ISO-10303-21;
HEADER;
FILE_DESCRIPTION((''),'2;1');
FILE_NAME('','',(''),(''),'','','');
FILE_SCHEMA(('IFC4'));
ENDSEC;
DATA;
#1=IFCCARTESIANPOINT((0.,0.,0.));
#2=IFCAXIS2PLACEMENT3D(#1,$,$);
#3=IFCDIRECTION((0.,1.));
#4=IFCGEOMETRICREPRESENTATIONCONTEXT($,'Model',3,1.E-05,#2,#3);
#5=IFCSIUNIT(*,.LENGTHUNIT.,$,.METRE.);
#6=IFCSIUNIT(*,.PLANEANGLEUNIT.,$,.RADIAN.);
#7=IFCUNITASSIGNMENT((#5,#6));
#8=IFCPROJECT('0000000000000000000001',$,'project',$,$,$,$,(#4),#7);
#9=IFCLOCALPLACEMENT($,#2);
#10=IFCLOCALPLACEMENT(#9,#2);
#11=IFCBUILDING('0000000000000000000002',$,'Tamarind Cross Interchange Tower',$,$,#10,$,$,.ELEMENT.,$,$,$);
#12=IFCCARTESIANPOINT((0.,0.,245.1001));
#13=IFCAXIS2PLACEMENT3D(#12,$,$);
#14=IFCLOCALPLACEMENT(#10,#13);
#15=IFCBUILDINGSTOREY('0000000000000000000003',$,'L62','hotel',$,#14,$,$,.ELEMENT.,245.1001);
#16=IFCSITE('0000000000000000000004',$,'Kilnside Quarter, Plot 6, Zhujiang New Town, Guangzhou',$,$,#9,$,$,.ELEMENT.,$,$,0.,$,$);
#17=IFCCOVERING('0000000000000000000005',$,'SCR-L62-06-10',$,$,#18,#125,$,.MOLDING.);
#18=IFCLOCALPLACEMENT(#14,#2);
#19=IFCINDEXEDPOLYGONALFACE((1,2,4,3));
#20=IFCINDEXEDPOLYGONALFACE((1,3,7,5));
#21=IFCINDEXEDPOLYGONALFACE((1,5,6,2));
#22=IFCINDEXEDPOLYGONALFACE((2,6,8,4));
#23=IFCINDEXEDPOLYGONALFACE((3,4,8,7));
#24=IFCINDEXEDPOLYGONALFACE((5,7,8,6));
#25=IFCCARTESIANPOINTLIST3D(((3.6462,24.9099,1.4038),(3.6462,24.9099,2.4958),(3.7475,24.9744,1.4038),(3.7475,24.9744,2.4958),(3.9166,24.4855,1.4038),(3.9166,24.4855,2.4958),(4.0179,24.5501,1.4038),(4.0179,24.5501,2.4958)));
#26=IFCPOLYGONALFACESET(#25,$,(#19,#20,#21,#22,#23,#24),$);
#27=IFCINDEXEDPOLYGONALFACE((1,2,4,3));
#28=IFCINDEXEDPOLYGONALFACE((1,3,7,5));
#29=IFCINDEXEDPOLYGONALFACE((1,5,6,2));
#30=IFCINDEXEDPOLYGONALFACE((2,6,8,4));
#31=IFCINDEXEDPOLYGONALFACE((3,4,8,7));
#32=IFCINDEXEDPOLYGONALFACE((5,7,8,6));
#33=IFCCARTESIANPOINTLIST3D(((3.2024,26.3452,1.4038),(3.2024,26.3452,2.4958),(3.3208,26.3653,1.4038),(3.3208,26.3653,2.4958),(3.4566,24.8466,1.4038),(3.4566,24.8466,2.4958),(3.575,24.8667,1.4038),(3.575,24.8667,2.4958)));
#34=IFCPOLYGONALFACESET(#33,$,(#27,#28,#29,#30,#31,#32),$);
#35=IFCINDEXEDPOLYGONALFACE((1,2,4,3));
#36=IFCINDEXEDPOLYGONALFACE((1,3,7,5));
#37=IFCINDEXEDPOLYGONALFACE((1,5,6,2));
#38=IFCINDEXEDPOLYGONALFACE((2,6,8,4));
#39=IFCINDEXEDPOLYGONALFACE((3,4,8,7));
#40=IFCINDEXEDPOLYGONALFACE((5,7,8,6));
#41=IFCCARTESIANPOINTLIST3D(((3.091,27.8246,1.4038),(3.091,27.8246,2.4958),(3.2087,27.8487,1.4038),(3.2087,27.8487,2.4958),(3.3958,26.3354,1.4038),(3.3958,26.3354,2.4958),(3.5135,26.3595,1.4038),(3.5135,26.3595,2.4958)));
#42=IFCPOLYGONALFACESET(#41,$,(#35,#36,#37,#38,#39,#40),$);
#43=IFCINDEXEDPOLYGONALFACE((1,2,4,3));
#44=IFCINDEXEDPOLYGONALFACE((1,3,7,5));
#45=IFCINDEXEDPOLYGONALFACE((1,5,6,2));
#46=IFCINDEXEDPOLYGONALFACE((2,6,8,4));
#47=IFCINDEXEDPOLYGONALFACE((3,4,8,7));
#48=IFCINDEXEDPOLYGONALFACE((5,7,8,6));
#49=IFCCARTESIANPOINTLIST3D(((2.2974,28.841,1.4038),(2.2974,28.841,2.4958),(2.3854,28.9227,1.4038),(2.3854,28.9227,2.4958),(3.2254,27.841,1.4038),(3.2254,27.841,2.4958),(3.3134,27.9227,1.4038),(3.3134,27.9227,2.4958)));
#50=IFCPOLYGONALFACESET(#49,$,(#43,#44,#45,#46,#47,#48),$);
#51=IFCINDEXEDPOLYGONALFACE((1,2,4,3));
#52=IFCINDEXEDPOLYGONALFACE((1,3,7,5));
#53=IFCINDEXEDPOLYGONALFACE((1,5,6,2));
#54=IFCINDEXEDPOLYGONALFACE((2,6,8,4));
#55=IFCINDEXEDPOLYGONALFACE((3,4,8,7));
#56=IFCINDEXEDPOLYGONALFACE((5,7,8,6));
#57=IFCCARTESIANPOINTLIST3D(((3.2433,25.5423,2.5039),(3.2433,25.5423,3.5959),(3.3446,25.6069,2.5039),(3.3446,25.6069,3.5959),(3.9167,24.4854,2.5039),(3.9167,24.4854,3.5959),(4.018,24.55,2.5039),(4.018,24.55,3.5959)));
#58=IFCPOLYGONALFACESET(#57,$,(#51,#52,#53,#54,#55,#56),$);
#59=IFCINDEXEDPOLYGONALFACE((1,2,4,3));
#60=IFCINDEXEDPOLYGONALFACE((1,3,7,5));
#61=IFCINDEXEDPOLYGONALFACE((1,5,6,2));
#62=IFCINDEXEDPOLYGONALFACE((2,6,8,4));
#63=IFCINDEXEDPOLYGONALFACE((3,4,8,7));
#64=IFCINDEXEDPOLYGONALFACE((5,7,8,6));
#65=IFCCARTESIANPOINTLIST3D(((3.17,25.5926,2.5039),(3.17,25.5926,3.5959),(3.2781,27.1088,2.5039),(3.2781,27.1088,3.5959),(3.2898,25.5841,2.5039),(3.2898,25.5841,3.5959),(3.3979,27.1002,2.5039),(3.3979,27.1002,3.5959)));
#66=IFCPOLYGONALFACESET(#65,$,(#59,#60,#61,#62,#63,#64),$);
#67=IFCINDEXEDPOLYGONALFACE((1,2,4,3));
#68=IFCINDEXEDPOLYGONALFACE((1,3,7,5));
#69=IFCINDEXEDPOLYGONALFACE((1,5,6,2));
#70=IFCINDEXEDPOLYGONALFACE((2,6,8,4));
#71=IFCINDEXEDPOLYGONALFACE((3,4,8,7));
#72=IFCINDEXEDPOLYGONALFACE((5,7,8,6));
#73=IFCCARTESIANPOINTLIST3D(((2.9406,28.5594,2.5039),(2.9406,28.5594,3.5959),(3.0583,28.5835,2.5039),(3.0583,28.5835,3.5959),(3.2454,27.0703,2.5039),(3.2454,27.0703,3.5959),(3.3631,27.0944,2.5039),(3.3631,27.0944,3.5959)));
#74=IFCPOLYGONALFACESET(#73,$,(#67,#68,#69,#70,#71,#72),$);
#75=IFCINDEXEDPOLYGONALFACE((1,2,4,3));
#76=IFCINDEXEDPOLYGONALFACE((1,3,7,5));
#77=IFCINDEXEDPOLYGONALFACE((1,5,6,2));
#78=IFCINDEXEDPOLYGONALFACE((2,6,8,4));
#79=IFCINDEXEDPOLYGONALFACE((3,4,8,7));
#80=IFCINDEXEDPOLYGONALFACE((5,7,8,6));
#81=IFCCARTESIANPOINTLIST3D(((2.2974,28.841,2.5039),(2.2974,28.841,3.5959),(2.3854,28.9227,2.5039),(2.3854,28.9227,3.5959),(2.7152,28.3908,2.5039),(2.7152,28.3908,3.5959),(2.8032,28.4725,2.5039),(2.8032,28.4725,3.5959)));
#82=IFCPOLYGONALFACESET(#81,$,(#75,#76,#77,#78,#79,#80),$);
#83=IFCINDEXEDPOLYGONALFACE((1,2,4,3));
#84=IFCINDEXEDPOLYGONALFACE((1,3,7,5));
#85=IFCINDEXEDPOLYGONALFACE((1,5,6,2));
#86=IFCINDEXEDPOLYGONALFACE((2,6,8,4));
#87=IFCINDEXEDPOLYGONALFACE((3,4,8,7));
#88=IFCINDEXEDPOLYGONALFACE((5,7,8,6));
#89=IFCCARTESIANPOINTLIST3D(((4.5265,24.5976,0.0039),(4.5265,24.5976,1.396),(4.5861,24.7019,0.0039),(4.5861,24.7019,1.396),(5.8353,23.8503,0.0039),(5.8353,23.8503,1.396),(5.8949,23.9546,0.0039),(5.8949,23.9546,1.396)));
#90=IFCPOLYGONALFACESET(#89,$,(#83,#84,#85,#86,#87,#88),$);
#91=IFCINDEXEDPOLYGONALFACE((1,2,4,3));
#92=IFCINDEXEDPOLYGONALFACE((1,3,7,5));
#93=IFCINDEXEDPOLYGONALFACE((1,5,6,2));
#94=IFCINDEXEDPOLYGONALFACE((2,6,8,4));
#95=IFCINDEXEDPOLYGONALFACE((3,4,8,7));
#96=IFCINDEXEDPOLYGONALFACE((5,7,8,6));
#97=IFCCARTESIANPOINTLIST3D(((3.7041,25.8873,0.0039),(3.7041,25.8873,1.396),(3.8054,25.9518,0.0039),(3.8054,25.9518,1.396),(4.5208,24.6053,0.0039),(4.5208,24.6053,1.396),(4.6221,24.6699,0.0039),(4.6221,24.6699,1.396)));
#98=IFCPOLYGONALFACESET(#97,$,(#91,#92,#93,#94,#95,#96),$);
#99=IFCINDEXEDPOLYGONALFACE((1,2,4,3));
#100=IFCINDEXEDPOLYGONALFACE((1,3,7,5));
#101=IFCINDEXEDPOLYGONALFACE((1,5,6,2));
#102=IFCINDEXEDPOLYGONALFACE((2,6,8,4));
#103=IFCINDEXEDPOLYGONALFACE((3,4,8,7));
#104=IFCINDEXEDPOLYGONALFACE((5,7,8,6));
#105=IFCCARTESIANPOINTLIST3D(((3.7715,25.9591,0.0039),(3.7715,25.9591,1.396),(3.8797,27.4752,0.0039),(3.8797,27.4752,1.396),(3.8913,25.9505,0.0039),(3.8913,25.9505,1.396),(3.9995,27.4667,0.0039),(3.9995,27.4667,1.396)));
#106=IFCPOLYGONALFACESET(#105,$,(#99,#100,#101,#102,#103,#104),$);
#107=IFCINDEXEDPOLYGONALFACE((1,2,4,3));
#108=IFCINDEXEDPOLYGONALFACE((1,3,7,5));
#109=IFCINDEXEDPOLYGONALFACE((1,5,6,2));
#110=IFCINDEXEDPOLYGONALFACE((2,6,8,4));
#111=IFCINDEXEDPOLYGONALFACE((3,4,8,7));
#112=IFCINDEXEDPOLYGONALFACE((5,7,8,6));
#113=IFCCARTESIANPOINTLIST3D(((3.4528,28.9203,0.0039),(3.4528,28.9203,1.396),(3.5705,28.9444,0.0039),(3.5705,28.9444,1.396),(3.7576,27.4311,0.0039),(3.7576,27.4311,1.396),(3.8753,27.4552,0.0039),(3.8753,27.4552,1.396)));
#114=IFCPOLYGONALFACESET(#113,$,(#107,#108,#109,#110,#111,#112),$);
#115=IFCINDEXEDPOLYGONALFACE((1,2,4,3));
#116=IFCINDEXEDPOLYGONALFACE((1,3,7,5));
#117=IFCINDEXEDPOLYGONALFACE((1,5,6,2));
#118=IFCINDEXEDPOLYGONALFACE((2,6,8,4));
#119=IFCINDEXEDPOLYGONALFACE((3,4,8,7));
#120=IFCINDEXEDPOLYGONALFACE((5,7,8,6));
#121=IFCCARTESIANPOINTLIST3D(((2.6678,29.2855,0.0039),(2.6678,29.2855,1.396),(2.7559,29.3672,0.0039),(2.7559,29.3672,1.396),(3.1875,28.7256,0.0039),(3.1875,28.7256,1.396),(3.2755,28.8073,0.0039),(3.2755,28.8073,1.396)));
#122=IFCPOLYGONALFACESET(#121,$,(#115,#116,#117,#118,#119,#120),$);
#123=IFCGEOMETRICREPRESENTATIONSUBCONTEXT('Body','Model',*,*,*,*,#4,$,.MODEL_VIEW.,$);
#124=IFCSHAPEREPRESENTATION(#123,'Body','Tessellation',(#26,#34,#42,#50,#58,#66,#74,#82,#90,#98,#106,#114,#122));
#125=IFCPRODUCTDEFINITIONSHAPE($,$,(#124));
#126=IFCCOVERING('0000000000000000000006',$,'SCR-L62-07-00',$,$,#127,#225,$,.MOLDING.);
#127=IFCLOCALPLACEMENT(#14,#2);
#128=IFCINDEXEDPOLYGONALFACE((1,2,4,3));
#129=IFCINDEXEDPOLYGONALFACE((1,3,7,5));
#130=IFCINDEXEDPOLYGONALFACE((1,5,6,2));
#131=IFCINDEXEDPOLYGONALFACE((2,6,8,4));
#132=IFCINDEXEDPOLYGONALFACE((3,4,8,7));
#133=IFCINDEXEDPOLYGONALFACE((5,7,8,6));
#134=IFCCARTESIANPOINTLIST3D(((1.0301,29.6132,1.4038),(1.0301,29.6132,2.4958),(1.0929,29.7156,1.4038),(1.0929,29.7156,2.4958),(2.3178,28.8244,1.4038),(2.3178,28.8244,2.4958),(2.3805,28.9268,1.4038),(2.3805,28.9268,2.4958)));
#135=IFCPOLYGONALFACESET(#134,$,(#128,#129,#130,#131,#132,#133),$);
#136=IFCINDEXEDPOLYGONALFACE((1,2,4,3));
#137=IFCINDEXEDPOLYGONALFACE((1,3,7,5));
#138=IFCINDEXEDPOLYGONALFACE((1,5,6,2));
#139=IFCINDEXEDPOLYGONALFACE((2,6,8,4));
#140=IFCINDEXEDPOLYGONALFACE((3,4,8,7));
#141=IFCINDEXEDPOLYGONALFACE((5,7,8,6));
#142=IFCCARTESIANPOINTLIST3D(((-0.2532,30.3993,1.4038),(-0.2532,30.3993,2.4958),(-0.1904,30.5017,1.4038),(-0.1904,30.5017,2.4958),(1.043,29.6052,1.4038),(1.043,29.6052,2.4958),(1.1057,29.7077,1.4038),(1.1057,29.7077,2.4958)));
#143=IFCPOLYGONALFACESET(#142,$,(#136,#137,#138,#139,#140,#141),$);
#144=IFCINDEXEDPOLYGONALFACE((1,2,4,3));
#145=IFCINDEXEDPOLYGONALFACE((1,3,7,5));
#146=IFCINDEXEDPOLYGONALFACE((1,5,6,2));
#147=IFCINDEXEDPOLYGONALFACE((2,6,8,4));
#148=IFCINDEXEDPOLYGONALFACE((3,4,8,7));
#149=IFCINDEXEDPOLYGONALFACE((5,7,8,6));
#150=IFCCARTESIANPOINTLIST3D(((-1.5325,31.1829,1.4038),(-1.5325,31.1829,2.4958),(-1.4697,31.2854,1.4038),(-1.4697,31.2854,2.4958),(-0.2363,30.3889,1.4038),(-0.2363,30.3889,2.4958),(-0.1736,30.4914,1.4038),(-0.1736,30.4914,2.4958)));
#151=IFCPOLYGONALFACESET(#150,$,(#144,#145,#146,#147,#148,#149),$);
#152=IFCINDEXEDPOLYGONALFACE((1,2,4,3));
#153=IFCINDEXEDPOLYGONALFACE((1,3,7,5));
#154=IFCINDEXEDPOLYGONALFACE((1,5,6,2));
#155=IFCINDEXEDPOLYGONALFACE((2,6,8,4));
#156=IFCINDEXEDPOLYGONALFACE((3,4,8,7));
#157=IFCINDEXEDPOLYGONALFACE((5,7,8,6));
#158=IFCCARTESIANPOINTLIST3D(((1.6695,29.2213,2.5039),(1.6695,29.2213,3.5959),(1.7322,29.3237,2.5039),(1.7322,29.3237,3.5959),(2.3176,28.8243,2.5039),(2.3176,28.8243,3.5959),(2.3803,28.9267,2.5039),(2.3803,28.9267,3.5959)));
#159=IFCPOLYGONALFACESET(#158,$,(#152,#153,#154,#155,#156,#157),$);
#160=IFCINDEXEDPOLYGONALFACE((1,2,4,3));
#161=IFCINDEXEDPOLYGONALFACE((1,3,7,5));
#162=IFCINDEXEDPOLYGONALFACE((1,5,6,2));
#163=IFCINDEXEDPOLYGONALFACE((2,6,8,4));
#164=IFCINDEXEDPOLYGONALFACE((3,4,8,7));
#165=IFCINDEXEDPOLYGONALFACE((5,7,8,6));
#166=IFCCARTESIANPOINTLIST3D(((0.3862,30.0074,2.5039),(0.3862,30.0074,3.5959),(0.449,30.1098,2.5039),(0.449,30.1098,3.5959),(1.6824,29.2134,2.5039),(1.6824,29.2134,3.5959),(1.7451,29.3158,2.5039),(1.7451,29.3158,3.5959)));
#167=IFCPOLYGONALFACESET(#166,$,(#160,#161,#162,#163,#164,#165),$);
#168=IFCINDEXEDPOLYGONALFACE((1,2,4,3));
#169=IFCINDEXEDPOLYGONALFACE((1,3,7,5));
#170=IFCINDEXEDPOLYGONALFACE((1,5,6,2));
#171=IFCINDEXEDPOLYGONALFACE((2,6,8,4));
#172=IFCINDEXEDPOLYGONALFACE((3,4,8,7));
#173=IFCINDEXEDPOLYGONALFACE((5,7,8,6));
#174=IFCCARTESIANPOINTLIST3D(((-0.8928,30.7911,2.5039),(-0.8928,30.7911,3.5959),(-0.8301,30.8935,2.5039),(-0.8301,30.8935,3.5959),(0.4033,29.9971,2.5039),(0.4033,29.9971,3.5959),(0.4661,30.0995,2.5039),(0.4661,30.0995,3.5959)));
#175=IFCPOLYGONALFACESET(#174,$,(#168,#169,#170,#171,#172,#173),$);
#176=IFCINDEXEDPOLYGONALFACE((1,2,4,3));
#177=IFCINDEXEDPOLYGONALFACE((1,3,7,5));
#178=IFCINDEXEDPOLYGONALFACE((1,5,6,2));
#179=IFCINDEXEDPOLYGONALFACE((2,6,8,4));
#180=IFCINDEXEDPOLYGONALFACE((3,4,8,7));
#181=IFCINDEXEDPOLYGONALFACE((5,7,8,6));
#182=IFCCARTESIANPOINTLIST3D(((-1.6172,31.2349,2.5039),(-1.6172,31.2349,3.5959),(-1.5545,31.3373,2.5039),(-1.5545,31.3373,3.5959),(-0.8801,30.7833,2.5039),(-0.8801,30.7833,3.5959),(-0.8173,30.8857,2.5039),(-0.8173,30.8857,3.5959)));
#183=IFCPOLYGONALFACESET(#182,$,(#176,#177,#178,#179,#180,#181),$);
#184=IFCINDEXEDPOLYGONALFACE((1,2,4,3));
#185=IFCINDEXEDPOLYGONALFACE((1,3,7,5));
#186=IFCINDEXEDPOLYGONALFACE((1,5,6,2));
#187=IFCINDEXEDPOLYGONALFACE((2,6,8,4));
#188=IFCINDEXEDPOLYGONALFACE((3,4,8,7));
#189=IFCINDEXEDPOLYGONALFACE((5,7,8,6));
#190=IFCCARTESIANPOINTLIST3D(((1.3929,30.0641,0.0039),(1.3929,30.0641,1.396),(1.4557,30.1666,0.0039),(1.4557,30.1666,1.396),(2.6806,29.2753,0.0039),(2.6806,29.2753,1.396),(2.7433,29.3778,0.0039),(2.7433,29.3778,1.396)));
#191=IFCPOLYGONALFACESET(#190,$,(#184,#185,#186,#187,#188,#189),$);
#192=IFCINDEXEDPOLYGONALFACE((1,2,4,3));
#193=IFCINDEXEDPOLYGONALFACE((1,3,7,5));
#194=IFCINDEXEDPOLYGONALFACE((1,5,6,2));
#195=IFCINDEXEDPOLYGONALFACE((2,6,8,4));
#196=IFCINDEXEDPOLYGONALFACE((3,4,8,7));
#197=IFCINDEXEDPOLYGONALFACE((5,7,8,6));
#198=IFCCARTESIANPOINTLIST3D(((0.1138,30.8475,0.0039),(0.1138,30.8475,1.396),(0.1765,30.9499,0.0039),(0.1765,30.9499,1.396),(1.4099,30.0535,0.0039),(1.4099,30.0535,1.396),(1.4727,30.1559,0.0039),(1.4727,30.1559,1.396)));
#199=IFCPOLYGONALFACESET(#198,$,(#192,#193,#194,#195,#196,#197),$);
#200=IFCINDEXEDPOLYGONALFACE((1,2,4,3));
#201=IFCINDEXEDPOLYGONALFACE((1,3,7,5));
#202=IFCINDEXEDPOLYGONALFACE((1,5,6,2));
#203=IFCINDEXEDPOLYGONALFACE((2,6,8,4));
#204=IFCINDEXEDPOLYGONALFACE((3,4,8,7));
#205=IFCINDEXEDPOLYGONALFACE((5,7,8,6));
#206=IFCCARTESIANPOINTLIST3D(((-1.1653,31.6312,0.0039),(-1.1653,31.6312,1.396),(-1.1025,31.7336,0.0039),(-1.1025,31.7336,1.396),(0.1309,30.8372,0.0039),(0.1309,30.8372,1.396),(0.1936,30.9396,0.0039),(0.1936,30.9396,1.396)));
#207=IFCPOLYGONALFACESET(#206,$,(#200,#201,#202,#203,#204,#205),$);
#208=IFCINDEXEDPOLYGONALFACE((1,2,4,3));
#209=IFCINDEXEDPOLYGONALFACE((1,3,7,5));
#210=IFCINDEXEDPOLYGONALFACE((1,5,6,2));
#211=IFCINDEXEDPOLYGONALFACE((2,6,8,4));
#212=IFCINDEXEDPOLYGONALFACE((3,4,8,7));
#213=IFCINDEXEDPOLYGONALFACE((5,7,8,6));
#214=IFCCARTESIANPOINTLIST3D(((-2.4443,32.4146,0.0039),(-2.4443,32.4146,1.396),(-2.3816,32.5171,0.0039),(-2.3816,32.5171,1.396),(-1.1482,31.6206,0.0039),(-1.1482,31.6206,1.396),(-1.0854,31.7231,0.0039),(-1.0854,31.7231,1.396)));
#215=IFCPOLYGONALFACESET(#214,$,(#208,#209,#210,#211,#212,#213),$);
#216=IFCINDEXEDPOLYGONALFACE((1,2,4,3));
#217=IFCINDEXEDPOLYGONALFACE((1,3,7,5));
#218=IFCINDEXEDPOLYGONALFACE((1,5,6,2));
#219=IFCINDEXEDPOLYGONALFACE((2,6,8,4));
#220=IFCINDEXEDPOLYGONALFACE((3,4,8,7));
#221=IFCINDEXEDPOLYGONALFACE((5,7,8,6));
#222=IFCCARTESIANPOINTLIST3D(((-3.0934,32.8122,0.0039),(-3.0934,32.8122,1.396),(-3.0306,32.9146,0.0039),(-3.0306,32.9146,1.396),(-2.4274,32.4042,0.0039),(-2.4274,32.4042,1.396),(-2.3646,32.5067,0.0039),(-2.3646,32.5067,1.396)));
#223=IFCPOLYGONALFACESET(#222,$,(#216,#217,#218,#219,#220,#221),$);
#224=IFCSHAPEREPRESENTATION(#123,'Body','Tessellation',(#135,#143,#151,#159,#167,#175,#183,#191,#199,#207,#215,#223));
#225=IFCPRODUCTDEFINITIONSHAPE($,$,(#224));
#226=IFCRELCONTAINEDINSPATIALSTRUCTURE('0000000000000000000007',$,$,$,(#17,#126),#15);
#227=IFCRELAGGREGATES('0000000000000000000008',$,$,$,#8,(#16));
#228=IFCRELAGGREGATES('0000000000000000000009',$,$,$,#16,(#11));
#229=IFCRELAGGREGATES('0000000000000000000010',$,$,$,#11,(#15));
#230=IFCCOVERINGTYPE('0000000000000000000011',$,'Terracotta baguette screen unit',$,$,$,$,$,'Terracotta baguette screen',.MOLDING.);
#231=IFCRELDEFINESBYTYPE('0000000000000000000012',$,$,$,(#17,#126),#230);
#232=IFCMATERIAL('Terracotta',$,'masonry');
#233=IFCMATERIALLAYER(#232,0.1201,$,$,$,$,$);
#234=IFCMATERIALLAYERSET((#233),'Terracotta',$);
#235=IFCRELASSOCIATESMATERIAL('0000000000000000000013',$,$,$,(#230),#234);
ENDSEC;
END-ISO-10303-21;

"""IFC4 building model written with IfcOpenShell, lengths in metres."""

from ifc_helpers import new_model, si_unit, direction, frame, origin, origin_2d, place, context, subcontext, project, spatial, rectangle, extrude, material, layer, layer_set, type_object, element, save


model = new_model("IFC4")

# Units and contexts
model_context = context("Model", 3, precision=1e-05, world=origin(), true_north=direction((0.0, 1.0)))
body_context = subcontext(model_context, "Body", "Model", "MODEL_VIEW")
ifc_project = project(units=[si_unit("LENGTHUNIT", "METRE"), si_unit("PLANEANGLEUNIT", "RADIAN")], contexts=[model_context])

# Site, building, storey
site_placement = place(None, origin())
site = spatial("IfcSite", under=ifc_project, at=site_placement, Name="Kilnside Quarter, Plot 6, Zhujiang New Town, Guangzhou", CompositionType="ELEMENT", RefElevation=0.0)
building_placement = place(site_placement, origin())
building = spatial("IfcBuilding", under=site, at=building_placement, Name="Tamarind Cross Interchange Tower", CompositionType="ELEMENT")
storey_placement = place(building_placement, frame((0.0, 0.0, 245.1001)))
storey = spatial("IfcBuildingStorey", under=building, at=storey_placement, Name="L62", Description="hotel", CompositionType="ELEMENT", Elevation=245.1001)

# Coverings
ifc_material_1 = material(Name="Terracotta", Category="masonry")
ifc_layer_1 = layer(ifc_material_1, 0.1201)
ifc_layer_set_1 = layer_set([ifc_layer_1], Name="Terracotta")
covering_type = type_object("IfcCoveringType", Name="Terracotta baguette screen unit", ElementType="Terracotta baguette screen", PredefinedType="MOLDING", material=ifc_layer_set_1)
covering_1_placement = place(storey_placement, origin())
element("IfcCovering", 1, at=covering_1_placement, inside=storey, type_object=covering_type, Name="SCR-L62-06-10", PredefinedType="MOLDING", context=body_context, shape_type="SweptSolid", body=[
    extrude(rectangle(XDim=0.5032, YDim=0.1201, at=origin_2d()), frame((3.832, 24.73, 1.4038), z_axis=(0.0, 0.0, 1.0), x_axis=(-0.537341, 0.843365, 0.0)), (0.0, 0.0, 1.0), 1.092),
    extrude(rectangle(XDim=1.52, YDim=0.1201, at=origin_2d()), frame((3.3887, 25.606, 1.4038), z_axis=(0.0, 0.0, 1.0), x_axis=(-0.167237, 0.985917, 0.0)), (0.0, 0.0, 1.0), 1.092),
    extrude(rectangle(XDim=1.52, YDim=0.1201, at=origin_2d()), frame((3.3022, 27.092, 1.4038), z_axis=(0.0, 0.0, 1.0), x_axis=(-0.200531, 0.979687, 0.0)), (0.0, 0.0, 1.0), 1.092),
    extrude(rectangle(XDim=1.3643, YDim=0.1201, at=origin_2d()), frame((2.8054, 28.3818, 1.4038), z_axis=(0.0, 0.0, 1.0), x_axis=(-0.680233, 0.732996, 0.0)), (0.0, 0.0, 1.0), 1.092),
    extrude(rectangle(XDim=1.2532, YDim=0.1201, at=origin_2d()), frame((3.6306, 25.0461, 2.5039), z_axis=(0.0, 0.0, 1.0), x_axis=(-0.537341, 0.843365, 0.0)), (0.0, 0.0, 1.0), 1.092),
    extrude(rectangle(XDim=1.52, YDim=0.1201, at=origin_2d()), frame((3.2839, 26.3464, 2.5039), z_axis=(0.0, 0.0, 1.0), x_axis=(0.071131, 0.997467, 0.0)), (0.0, 0.0, 1.0), 1.092),
    extrude(rectangle(XDim=1.52, YDim=0.1201, at=origin_2d()), frame((3.1519, 27.8269, 2.5039), z_axis=(0.0, 0.0, 1.0), x_axis=(-0.200531, 0.979687, 0.0)), (0.0, 0.0, 1.0), 1.092),
    extrude(rectangle(XDim=0.6143, YDim=0.1201, at=origin_2d()), frame((2.5503, 28.6567, 2.5039), z_axis=(0.0, 0.0, 1.0), x_axis=(-0.680233, 0.732996, 0.0)), (0.0, 0.0, 1.0), 1.092),
    extrude(rectangle(XDim=1.5071, YDim=0.1201, at=origin_2d()), frame((5.2107, 24.2761, 0.0039), z_axis=(0.0, 0.0, 1.0), x_axis=(-0.868414, 0.49584, 0.0)), (0.0, 0.0, 1.0), 1.3921),
    extrude(rectangle(XDim=1.52, YDim=0.1201, at=origin_2d()), frame((4.1631, 25.2786, 0.0039), z_axis=(0.0, 0.0, 1.0), x_axis=(-0.537341, 0.843365, 0.0)), (0.0, 0.0, 1.0), 1.3921),
    extrude(rectangle(XDim=1.52, YDim=0.1201, at=origin_2d()), frame((3.8855, 26.7129, 0.0039), z_axis=(0.0, 0.0, 1.0), x_axis=(0.071131, 0.997467, 0.0)), (0.0, 0.0, 1.0), 1.3921),
    extrude(rectangle(XDim=1.52, YDim=0.1201, at=origin_2d()), frame((3.6641, 28.1877, 0.0039), z_axis=(0.0, 0.0, 1.0), x_axis=(-0.200531, 0.979687, 0.0)), (0.0, 0.0, 1.0), 1.3921),
    extrude(rectangle(XDim=0.7639, YDim=0.1201, at=origin_2d()), frame((2.9717, 29.0464, 0.0039), z_axis=(0.0, 0.0, 1.0), x_axis=(-0.680233, 0.732996, 0.0)), (0.0, 0.0, 1.0), 1.3921),
])
covering_2_placement = place(storey_placement, origin())
element("IfcCovering", 2, at=covering_2_placement, inside=storey, type_object=covering_type, Name="SCR-L62-07-00", PredefinedType="MOLDING", context=body_context, shape_type="SweptSolid", body=[
    extrude(rectangle(XDim=1.51, YDim=0.1201, at=origin_2d()), frame((1.7053, 29.27, 1.4038), z_axis=(0.0, 0.0, 1.0), x_axis=(-0.85272, 0.522368, 0.0)), (0.0, 0.0, 1.0), 1.092),
    extrude(rectangle(XDim=1.52, YDim=0.1201, at=origin_2d()), frame((0.4263, 30.0535, 1.4038), z_axis=(0.0, 0.0, 1.0), x_axis=(-0.85272, 0.522368, 0.0)), (0.0, 0.0, 1.0), 1.092),
    extrude(rectangle(XDim=1.52, YDim=0.1201, at=origin_2d()), frame((-0.853, 30.8372, 1.4038), z_axis=(0.0, 0.0, 1.0), x_axis=(-0.85272, 0.522368, 0.0)), (0.0, 0.0, 1.0), 1.092),
    extrude(rectangle(XDim=0.76, YDim=0.1201, at=origin_2d()), frame((2.0249, 29.074, 2.5039), z_axis=(0.0, 0.0, 1.0), x_axis=(-0.85272, 0.522368, 0.0)), (0.0, 0.0, 1.0), 1.092),
    extrude(rectangle(XDim=1.52, YDim=0.1201, at=origin_2d()), frame((1.0657, 29.6616, 2.5039), z_axis=(0.0, 0.0, 1.0), x_axis=(-0.85272, 0.522368, 0.0)), (0.0, 0.0, 1.0), 1.092),
    extrude(rectangle(XDim=1.52, YDim=0.1201, at=origin_2d()), frame((-0.2134, 30.4453, 2.5039), z_axis=(0.0, 0.0, 1.0), x_axis=(-0.85272, 0.522368, 0.0)), (0.0, 0.0, 1.0), 1.092),
    extrude(rectangle(XDim=0.8645, YDim=0.1201, at=origin_2d()), frame((-1.2173, 31.0603, 2.5039), z_axis=(0.0, 0.0, 1.0), x_axis=(-0.85272, 0.522368, 0.0)), (0.0, 0.0, 1.0), 1.092),
    extrude(rectangle(XDim=1.51, YDim=0.1201, at=origin_2d()), frame((2.0681, 29.7209, 0.0039), z_axis=(0.0, 0.0, 1.0), x_axis=(-0.85272, 0.522368, 0.0)), (0.0, 0.0, 1.0), 1.3921),
    extrude(rectangle(XDim=1.52, YDim=0.1201, at=origin_2d()), frame((0.7932, 30.5017, 0.0039), z_axis=(0.0, 0.0, 1.0), x_axis=(-0.85272, 0.522368, 0.0)), (0.0, 0.0, 1.0), 1.3921),
    extrude(rectangle(XDim=1.52, YDim=0.1201, at=origin_2d()), frame((-0.4858, 31.2854, 0.0039), z_axis=(0.0, 0.0, 1.0), x_axis=(-0.85272, 0.522368, 0.0)), (0.0, 0.0, 1.0), 1.3921),
    extrude(rectangle(XDim=1.52, YDim=0.1201, at=origin_2d()), frame((-1.7649, 32.0688, 0.0039), z_axis=(0.0, 0.0, 1.0), x_axis=(-0.85272, 0.522368, 0.0)), (0.0, 0.0, 1.0), 1.3921),
    extrude(rectangle(XDim=0.781, YDim=0.1201, at=origin_2d()), frame((-2.729, 32.6594, 0.0039), z_axis=(0.0, 0.0, 1.0), x_axis=(-0.85272, 0.522368, 0.0)), (0.0, 0.0, 1.0), 1.3921),
])

save(model, "model.ifc")
